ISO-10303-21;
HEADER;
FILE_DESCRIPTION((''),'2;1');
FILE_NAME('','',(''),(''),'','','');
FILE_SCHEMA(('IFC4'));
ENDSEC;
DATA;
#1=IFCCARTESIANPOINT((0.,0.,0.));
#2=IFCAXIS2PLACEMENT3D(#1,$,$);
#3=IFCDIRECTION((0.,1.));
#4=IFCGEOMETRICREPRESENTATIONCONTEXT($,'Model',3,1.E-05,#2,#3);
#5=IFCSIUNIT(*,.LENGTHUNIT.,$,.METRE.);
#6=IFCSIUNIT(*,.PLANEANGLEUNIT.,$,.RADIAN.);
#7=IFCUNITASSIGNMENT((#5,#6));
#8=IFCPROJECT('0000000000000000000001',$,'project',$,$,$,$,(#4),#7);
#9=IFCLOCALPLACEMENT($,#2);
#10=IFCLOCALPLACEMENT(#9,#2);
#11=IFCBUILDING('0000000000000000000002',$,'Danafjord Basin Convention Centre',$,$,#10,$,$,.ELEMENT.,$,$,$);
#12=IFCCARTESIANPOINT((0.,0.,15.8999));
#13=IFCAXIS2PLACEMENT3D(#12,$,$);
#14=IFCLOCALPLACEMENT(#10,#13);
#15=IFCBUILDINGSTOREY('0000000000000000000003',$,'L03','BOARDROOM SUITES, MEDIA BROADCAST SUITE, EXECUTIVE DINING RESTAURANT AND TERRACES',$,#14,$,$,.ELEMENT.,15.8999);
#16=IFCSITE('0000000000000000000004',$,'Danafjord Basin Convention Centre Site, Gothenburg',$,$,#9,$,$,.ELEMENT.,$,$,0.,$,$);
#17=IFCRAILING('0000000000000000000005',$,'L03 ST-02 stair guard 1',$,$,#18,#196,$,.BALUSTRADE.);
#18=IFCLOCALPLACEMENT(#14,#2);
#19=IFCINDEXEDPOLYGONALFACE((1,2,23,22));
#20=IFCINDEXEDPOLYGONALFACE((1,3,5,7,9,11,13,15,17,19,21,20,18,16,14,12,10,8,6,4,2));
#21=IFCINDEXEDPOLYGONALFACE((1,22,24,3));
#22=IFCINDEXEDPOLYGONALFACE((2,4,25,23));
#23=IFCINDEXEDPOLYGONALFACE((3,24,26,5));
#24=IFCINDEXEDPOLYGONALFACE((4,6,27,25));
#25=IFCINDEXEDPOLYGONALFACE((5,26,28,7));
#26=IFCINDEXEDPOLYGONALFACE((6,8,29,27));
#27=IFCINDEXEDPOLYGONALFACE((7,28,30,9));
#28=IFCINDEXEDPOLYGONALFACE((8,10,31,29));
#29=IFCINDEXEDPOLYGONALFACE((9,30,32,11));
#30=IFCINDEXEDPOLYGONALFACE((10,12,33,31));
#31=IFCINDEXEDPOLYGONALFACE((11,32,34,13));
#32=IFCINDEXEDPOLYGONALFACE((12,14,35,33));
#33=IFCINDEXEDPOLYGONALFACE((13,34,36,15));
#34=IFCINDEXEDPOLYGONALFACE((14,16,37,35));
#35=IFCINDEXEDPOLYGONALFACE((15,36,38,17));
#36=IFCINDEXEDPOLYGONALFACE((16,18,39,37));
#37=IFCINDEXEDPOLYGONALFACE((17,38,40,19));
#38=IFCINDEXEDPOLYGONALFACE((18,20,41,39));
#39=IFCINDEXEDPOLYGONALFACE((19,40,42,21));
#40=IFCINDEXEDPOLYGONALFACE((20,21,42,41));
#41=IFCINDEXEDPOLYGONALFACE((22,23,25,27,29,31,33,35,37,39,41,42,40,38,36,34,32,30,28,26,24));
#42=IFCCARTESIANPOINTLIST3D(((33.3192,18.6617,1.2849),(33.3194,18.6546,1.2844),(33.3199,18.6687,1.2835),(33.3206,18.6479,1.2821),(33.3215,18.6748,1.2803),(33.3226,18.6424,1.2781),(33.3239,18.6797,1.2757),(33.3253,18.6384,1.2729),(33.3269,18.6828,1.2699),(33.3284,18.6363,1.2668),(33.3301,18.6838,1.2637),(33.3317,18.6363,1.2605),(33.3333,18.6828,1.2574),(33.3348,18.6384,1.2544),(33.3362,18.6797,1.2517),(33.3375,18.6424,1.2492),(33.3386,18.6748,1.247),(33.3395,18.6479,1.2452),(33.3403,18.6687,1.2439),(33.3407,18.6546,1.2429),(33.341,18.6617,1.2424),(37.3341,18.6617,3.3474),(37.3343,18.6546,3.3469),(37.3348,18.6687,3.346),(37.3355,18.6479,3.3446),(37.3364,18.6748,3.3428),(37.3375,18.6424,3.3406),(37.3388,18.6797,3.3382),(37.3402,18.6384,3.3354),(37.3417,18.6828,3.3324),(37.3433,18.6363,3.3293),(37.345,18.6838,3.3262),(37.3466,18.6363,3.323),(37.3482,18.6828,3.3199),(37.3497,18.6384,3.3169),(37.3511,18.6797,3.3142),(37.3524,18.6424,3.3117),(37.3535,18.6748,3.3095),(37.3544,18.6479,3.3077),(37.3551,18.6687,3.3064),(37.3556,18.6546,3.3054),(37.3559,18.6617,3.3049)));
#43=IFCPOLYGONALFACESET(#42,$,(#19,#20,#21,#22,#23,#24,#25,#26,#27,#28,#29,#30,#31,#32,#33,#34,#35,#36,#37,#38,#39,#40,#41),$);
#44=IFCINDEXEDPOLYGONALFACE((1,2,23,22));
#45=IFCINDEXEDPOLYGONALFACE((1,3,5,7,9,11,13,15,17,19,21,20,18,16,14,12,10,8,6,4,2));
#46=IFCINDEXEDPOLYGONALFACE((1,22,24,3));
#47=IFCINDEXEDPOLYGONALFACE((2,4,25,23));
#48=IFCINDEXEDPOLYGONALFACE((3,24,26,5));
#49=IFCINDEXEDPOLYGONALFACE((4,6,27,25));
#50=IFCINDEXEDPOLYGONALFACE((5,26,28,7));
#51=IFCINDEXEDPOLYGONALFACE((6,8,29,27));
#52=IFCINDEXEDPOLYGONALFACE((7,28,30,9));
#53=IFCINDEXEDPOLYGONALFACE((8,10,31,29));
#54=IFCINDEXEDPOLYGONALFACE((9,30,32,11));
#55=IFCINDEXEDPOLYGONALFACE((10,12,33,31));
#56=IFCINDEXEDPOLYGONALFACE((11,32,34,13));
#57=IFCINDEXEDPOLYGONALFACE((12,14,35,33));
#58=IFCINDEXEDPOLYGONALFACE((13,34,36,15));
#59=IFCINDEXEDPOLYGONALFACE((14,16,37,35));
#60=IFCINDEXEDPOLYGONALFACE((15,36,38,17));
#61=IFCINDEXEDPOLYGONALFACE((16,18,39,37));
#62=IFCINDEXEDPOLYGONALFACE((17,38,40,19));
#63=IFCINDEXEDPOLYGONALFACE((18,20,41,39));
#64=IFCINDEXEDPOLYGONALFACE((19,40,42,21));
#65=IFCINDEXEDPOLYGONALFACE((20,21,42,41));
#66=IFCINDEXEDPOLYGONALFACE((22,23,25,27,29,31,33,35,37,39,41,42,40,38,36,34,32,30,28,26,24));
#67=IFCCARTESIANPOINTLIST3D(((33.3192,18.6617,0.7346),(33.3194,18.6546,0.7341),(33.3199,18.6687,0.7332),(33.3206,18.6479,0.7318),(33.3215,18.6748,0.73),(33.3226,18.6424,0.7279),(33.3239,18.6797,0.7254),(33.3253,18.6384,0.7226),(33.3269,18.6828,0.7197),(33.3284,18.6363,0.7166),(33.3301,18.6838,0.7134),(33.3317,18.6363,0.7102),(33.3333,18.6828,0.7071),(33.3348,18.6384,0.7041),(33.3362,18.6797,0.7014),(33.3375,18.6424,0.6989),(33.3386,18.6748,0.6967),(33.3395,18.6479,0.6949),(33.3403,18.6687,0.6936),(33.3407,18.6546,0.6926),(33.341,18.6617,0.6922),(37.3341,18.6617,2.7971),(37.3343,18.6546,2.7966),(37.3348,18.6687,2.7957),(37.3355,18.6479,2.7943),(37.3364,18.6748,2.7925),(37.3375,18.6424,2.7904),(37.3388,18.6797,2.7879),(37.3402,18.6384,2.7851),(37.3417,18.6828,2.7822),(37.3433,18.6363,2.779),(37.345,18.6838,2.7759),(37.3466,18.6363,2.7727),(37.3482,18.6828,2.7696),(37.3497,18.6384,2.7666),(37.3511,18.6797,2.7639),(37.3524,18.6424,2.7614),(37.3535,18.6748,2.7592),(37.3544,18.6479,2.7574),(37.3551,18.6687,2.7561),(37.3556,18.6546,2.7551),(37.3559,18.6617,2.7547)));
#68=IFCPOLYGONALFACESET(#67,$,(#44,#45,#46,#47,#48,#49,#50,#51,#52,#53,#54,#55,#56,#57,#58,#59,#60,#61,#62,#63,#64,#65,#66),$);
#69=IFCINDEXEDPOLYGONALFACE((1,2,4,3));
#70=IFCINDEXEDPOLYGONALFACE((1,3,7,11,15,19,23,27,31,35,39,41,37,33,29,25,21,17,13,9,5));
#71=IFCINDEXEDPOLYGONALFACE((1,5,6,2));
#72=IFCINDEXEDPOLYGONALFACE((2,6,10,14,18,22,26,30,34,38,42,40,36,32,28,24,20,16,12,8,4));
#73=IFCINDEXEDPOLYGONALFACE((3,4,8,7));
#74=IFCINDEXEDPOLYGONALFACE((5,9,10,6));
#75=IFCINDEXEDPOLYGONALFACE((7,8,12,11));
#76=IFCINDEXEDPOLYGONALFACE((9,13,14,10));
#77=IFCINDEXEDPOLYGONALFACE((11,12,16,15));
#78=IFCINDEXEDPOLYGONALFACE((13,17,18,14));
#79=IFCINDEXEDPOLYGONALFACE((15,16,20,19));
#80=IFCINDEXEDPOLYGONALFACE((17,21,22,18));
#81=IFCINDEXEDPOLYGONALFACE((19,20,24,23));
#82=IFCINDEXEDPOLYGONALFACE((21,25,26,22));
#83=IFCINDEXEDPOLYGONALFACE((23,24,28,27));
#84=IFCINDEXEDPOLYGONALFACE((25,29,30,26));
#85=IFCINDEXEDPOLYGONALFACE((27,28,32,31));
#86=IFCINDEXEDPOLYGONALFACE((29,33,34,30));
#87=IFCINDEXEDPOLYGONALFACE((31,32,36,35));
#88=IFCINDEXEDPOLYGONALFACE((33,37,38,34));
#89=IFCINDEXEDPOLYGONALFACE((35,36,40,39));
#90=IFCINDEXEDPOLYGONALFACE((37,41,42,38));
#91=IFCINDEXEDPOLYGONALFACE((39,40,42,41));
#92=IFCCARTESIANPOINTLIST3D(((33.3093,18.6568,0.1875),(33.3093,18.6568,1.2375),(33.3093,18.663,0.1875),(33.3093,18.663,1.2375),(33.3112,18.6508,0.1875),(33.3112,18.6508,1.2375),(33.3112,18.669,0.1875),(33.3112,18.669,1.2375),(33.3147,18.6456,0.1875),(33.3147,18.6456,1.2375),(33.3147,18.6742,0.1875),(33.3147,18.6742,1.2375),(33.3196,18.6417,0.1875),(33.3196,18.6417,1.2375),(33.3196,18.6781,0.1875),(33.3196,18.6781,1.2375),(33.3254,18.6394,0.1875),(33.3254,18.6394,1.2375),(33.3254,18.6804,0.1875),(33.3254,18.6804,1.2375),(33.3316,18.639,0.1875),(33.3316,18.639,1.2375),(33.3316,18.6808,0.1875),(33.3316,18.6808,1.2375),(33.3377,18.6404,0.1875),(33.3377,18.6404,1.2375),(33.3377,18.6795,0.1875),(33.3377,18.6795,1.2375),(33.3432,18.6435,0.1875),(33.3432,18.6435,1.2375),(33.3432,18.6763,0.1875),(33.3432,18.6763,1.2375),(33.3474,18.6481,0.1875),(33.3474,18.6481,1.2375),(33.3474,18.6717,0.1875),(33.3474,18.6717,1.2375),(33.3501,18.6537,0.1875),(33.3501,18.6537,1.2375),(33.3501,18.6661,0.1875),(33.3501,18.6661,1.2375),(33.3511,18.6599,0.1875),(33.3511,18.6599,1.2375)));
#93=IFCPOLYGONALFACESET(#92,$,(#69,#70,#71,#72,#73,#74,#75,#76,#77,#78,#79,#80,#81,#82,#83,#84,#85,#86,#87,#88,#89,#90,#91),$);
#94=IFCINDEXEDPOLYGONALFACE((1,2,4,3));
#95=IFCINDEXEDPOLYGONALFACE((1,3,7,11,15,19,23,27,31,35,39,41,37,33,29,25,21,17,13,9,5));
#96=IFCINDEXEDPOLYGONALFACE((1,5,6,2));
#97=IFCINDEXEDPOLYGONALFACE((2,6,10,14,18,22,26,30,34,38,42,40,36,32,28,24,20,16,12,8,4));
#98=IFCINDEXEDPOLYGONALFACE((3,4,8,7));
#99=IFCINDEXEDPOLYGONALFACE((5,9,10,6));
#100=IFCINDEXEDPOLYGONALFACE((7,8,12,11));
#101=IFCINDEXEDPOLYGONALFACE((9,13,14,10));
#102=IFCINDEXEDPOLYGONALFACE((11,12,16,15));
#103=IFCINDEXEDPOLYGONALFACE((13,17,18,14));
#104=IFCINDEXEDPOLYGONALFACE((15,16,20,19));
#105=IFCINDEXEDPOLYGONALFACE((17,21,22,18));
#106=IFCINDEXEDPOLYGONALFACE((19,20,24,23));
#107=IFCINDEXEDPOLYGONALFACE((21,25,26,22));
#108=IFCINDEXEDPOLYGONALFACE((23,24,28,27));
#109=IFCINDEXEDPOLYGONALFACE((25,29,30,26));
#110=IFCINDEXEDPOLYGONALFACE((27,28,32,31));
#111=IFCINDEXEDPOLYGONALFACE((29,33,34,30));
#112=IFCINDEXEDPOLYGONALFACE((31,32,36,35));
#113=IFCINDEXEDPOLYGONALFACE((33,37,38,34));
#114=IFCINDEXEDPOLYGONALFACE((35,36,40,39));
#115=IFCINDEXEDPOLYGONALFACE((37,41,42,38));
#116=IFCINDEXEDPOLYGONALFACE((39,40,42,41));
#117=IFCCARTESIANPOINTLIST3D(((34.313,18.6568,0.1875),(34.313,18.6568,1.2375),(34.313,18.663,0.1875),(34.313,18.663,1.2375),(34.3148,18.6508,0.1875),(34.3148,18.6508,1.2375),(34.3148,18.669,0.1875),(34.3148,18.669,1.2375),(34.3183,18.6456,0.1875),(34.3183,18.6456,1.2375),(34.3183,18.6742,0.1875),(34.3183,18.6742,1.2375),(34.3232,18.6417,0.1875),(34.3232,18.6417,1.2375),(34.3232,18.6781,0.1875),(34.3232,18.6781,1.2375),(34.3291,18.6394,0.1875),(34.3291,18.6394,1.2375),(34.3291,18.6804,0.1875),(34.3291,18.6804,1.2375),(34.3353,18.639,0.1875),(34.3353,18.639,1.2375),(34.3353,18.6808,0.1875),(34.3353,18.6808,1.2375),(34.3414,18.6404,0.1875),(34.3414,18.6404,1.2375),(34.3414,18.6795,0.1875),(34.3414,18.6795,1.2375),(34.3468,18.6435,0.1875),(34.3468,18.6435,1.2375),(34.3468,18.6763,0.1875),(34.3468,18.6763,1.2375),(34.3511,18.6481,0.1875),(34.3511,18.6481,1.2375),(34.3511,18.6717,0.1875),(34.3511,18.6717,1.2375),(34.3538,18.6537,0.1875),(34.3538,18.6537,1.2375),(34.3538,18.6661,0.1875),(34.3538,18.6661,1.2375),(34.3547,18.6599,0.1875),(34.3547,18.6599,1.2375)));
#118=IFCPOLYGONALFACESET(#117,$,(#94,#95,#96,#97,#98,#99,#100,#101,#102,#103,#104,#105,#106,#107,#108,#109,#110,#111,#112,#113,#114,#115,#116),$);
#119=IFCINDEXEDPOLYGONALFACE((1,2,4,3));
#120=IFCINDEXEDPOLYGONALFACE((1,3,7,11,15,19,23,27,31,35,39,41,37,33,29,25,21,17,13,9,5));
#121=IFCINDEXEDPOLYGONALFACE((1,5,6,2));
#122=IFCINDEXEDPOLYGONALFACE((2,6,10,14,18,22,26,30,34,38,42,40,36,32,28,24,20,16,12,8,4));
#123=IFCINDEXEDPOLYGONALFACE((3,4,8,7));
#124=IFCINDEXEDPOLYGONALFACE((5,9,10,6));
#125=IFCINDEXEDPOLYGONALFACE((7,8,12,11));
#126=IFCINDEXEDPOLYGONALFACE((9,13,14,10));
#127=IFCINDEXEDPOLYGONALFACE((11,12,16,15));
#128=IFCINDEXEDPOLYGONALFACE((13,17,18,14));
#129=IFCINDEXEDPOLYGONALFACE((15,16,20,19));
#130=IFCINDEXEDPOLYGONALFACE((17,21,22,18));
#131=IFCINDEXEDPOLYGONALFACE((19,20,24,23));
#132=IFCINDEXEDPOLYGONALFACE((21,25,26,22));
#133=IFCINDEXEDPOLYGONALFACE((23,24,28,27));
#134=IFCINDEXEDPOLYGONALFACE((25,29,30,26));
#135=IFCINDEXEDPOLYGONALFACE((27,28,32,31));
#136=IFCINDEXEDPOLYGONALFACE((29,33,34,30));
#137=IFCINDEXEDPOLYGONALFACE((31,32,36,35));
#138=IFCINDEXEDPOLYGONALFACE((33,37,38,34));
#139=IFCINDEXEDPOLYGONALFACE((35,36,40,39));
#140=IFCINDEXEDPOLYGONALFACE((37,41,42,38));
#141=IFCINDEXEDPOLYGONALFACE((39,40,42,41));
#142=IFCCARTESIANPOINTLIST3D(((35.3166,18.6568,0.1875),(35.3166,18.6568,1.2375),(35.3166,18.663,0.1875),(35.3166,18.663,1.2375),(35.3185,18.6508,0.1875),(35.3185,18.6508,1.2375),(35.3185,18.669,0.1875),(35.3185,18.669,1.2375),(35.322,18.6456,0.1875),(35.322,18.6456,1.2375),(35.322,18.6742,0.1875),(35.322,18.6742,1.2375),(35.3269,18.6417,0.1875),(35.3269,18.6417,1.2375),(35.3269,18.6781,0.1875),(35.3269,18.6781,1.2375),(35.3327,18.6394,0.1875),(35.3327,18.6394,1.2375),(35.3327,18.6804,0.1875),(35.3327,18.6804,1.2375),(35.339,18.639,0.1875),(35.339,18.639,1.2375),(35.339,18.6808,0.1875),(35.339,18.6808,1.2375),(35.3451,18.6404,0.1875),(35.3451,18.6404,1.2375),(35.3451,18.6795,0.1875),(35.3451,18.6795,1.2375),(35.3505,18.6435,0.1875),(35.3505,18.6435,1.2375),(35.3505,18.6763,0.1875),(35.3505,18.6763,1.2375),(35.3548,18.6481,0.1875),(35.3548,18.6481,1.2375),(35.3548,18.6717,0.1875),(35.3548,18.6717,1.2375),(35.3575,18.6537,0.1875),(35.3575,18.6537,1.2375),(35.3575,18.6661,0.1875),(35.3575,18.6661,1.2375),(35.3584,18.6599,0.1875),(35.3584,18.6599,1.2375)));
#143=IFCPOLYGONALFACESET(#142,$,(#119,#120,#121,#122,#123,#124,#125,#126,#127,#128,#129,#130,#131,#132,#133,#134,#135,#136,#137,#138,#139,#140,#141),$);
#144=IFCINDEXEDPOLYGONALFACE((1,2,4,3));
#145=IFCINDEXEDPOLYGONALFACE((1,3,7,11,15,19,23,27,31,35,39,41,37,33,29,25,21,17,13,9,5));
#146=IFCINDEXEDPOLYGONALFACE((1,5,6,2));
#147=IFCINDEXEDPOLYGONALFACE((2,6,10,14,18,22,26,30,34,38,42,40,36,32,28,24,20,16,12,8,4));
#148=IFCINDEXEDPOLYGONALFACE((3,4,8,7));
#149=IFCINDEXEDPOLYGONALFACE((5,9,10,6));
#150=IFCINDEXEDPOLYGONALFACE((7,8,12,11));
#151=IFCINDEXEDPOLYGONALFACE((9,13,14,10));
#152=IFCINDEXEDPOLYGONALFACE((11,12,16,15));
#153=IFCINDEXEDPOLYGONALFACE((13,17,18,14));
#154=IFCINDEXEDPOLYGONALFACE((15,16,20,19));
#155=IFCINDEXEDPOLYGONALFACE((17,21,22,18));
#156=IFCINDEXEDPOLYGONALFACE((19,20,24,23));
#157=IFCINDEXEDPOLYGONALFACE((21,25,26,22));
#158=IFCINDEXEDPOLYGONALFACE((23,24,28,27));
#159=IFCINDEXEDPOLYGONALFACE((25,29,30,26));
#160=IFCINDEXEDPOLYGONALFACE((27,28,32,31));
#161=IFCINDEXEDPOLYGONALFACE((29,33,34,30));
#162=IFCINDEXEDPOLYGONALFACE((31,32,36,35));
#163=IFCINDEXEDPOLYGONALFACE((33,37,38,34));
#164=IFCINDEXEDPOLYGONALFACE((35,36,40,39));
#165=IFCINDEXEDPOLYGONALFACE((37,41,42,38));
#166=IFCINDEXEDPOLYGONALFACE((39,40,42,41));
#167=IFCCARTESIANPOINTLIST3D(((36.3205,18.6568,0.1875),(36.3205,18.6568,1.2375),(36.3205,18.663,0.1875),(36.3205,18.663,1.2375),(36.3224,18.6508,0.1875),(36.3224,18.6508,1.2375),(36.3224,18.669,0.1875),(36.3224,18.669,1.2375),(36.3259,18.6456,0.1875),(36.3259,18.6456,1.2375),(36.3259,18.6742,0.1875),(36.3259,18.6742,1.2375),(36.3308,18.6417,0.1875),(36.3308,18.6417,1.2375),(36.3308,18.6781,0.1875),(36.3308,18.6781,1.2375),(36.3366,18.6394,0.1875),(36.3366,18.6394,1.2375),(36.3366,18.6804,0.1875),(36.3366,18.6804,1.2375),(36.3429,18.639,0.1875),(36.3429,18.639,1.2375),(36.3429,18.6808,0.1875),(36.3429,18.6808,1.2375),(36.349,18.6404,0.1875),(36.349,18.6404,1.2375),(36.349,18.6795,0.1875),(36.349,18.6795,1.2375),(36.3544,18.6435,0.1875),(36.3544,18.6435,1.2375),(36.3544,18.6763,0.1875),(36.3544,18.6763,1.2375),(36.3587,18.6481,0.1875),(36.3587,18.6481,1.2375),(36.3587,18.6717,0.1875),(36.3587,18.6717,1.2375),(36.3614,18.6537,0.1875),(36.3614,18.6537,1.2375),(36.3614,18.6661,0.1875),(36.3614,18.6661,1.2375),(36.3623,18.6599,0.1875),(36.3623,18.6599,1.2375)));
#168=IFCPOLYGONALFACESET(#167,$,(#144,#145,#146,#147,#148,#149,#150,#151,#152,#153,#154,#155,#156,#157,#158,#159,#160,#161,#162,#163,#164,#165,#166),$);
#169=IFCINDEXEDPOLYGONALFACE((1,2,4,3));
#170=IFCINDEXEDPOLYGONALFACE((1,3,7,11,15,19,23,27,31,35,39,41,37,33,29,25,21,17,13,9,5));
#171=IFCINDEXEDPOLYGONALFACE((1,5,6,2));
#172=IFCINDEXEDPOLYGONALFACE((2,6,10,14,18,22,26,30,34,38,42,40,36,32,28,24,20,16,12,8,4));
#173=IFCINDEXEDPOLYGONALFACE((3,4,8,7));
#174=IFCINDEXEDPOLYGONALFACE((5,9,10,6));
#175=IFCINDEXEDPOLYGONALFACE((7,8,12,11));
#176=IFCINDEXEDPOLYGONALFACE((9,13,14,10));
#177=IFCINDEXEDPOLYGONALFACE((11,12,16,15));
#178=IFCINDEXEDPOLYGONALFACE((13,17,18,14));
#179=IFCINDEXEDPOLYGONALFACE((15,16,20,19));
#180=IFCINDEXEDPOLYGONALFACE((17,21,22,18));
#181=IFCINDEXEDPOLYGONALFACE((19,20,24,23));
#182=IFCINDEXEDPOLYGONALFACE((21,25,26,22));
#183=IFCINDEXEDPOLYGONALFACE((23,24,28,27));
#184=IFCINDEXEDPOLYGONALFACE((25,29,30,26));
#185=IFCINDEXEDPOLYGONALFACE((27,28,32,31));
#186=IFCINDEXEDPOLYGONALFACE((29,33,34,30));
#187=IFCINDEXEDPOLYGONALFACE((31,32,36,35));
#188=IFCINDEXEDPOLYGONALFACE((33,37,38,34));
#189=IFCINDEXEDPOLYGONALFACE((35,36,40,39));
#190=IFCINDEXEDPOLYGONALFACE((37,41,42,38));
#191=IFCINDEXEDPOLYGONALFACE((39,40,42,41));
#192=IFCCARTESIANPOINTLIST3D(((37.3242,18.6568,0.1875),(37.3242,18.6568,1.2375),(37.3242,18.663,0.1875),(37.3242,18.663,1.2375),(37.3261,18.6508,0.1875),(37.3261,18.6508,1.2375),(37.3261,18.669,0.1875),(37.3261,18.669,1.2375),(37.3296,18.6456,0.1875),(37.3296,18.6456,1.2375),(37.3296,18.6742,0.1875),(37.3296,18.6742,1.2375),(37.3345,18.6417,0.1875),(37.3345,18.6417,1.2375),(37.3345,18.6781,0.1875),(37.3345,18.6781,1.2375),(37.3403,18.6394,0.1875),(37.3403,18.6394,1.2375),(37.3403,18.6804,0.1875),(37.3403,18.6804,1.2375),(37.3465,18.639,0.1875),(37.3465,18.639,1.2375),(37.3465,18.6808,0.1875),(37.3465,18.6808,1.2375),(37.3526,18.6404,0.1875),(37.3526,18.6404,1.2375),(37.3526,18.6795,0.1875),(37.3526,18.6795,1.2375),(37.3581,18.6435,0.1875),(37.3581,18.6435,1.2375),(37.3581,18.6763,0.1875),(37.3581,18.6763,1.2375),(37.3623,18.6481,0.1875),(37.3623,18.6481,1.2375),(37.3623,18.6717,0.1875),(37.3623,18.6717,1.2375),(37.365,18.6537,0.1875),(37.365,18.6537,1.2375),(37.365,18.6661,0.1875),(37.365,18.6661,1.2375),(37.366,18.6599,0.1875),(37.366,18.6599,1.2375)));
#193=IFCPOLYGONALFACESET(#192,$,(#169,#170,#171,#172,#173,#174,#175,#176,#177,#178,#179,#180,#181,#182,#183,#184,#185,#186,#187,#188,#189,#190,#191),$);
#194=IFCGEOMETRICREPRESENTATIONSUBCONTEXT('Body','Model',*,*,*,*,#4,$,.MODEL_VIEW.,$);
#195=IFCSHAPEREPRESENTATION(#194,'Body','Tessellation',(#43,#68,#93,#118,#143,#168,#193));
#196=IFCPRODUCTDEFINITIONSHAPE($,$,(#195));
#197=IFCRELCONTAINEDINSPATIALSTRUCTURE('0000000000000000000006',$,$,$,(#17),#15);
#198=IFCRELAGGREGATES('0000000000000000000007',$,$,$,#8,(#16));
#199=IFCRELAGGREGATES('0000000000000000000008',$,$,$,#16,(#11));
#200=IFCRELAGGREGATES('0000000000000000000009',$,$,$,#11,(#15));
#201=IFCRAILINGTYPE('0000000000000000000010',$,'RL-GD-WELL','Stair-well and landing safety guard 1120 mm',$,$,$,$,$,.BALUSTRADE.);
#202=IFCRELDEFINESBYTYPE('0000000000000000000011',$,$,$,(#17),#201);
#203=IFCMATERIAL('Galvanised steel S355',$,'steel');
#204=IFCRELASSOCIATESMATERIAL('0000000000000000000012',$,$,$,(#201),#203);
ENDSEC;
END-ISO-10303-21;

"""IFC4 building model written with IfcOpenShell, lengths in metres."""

from ifc_helpers import new_model, si_unit, direction, frame, origin, origin_2d, place, context, subcontext, project, spatial, circle, extrude, material, type_object, element, save


model = new_model("IFC4")

# Units and contexts
model_context = context("Model", 3, precision=1e-05, world=origin(), true_north=direction((0.0, 1.0)))
body_context = subcontext(model_context, "Body", "Model", "MODEL_VIEW")
ifc_project = project(units=[si_unit("LENGTHUNIT", "METRE"), si_unit("PLANEANGLEUNIT", "RADIAN")], contexts=[model_context])

# Site, building, storey
site_placement = place(None, origin())
site = spatial("IfcSite", under=ifc_project, at=site_placement, Name="Danafjord Basin Convention Centre Site, Gothenburg", CompositionType="ELEMENT", RefElevation=0.0)
building_placement = place(site_placement, origin())
building = spatial("IfcBuilding", under=site, at=building_placement, Name="Danafjord Basin Convention Centre", CompositionType="ELEMENT")
storey_placement = place(building_placement, frame((0.0, 0.0, 15.8999)))
storey = spatial("IfcBuildingStorey", under=building, at=storey_placement, Name="L03", Description="BOARDROOM SUITES, MEDIA BROADCAST SUITE, EXECUTIVE DINING RESTAURANT AND TERRACES", CompositionType="ELEMENT", Elevation=15.8999)

# Railing
ifc_material_1 = material(Name="Galvanised steel S355", Category="steel")
railing_type_1 = type_object("IfcRailingType", Name="RL-GD-WELL", Description="Stair-well and landing safety guard 1120 mm", PredefinedType="BALUSTRADE", material=ifc_material_1)
railing_1_placement = place(storey_placement, frame((33.3301, 18.6599, 0.1875)))
element("IfcRailing", 1, at=railing_1_placement, inside=storey, type_object=railing_type_1, Name="L03 ST-02 stair guard 1", PredefinedType="BALUSTRADE", context=body_context, shape_type="SweptSolid", body=[
    extrude(circle(Radius=0.0239, at=origin_2d()), frame((0.0, 0.0, 1.0762), z_axis=(0.889495, 0.0, 0.456945), x_axis=(0.0, 1.0, 0.0)), (0.0, 0.0, 1.0), 4.5137),
    extrude(circle(Radius=0.0239, at=origin_2d()), frame((0.0, 0.0, 0.5259), z_axis=(0.889495, 0.0, 0.456945), x_axis=(0.0, 1.0, 0.0)), (0.0, 0.0, 1.0), 4.5137),
    extrude(circle(Radius=0.021, at=origin_2d()), origin(), (0.0, 0.0, 1.0), 1.05),
    extrude(circle(Radius=0.021, at=origin_2d()), frame((1.0037, 0.0, 0.0)), (0.0, 0.0, 1.0), 1.05),
    extrude(circle(Radius=0.021, at=origin_2d()), frame((2.0073, 0.0, 0.0)), (0.0, 0.0, 1.0), 1.05),
    extrude(circle(Radius=0.021, at=origin_2d()), frame((3.0112, 0.0, 0.0)), (0.0, 0.0, 1.0), 1.05),
    extrude(circle(Radius=0.021, at=origin_2d()), frame((4.0149, 0.0, 0.0)), (0.0, 0.0, 1.0), 1.05),
])

save(model, "model.ifc")
